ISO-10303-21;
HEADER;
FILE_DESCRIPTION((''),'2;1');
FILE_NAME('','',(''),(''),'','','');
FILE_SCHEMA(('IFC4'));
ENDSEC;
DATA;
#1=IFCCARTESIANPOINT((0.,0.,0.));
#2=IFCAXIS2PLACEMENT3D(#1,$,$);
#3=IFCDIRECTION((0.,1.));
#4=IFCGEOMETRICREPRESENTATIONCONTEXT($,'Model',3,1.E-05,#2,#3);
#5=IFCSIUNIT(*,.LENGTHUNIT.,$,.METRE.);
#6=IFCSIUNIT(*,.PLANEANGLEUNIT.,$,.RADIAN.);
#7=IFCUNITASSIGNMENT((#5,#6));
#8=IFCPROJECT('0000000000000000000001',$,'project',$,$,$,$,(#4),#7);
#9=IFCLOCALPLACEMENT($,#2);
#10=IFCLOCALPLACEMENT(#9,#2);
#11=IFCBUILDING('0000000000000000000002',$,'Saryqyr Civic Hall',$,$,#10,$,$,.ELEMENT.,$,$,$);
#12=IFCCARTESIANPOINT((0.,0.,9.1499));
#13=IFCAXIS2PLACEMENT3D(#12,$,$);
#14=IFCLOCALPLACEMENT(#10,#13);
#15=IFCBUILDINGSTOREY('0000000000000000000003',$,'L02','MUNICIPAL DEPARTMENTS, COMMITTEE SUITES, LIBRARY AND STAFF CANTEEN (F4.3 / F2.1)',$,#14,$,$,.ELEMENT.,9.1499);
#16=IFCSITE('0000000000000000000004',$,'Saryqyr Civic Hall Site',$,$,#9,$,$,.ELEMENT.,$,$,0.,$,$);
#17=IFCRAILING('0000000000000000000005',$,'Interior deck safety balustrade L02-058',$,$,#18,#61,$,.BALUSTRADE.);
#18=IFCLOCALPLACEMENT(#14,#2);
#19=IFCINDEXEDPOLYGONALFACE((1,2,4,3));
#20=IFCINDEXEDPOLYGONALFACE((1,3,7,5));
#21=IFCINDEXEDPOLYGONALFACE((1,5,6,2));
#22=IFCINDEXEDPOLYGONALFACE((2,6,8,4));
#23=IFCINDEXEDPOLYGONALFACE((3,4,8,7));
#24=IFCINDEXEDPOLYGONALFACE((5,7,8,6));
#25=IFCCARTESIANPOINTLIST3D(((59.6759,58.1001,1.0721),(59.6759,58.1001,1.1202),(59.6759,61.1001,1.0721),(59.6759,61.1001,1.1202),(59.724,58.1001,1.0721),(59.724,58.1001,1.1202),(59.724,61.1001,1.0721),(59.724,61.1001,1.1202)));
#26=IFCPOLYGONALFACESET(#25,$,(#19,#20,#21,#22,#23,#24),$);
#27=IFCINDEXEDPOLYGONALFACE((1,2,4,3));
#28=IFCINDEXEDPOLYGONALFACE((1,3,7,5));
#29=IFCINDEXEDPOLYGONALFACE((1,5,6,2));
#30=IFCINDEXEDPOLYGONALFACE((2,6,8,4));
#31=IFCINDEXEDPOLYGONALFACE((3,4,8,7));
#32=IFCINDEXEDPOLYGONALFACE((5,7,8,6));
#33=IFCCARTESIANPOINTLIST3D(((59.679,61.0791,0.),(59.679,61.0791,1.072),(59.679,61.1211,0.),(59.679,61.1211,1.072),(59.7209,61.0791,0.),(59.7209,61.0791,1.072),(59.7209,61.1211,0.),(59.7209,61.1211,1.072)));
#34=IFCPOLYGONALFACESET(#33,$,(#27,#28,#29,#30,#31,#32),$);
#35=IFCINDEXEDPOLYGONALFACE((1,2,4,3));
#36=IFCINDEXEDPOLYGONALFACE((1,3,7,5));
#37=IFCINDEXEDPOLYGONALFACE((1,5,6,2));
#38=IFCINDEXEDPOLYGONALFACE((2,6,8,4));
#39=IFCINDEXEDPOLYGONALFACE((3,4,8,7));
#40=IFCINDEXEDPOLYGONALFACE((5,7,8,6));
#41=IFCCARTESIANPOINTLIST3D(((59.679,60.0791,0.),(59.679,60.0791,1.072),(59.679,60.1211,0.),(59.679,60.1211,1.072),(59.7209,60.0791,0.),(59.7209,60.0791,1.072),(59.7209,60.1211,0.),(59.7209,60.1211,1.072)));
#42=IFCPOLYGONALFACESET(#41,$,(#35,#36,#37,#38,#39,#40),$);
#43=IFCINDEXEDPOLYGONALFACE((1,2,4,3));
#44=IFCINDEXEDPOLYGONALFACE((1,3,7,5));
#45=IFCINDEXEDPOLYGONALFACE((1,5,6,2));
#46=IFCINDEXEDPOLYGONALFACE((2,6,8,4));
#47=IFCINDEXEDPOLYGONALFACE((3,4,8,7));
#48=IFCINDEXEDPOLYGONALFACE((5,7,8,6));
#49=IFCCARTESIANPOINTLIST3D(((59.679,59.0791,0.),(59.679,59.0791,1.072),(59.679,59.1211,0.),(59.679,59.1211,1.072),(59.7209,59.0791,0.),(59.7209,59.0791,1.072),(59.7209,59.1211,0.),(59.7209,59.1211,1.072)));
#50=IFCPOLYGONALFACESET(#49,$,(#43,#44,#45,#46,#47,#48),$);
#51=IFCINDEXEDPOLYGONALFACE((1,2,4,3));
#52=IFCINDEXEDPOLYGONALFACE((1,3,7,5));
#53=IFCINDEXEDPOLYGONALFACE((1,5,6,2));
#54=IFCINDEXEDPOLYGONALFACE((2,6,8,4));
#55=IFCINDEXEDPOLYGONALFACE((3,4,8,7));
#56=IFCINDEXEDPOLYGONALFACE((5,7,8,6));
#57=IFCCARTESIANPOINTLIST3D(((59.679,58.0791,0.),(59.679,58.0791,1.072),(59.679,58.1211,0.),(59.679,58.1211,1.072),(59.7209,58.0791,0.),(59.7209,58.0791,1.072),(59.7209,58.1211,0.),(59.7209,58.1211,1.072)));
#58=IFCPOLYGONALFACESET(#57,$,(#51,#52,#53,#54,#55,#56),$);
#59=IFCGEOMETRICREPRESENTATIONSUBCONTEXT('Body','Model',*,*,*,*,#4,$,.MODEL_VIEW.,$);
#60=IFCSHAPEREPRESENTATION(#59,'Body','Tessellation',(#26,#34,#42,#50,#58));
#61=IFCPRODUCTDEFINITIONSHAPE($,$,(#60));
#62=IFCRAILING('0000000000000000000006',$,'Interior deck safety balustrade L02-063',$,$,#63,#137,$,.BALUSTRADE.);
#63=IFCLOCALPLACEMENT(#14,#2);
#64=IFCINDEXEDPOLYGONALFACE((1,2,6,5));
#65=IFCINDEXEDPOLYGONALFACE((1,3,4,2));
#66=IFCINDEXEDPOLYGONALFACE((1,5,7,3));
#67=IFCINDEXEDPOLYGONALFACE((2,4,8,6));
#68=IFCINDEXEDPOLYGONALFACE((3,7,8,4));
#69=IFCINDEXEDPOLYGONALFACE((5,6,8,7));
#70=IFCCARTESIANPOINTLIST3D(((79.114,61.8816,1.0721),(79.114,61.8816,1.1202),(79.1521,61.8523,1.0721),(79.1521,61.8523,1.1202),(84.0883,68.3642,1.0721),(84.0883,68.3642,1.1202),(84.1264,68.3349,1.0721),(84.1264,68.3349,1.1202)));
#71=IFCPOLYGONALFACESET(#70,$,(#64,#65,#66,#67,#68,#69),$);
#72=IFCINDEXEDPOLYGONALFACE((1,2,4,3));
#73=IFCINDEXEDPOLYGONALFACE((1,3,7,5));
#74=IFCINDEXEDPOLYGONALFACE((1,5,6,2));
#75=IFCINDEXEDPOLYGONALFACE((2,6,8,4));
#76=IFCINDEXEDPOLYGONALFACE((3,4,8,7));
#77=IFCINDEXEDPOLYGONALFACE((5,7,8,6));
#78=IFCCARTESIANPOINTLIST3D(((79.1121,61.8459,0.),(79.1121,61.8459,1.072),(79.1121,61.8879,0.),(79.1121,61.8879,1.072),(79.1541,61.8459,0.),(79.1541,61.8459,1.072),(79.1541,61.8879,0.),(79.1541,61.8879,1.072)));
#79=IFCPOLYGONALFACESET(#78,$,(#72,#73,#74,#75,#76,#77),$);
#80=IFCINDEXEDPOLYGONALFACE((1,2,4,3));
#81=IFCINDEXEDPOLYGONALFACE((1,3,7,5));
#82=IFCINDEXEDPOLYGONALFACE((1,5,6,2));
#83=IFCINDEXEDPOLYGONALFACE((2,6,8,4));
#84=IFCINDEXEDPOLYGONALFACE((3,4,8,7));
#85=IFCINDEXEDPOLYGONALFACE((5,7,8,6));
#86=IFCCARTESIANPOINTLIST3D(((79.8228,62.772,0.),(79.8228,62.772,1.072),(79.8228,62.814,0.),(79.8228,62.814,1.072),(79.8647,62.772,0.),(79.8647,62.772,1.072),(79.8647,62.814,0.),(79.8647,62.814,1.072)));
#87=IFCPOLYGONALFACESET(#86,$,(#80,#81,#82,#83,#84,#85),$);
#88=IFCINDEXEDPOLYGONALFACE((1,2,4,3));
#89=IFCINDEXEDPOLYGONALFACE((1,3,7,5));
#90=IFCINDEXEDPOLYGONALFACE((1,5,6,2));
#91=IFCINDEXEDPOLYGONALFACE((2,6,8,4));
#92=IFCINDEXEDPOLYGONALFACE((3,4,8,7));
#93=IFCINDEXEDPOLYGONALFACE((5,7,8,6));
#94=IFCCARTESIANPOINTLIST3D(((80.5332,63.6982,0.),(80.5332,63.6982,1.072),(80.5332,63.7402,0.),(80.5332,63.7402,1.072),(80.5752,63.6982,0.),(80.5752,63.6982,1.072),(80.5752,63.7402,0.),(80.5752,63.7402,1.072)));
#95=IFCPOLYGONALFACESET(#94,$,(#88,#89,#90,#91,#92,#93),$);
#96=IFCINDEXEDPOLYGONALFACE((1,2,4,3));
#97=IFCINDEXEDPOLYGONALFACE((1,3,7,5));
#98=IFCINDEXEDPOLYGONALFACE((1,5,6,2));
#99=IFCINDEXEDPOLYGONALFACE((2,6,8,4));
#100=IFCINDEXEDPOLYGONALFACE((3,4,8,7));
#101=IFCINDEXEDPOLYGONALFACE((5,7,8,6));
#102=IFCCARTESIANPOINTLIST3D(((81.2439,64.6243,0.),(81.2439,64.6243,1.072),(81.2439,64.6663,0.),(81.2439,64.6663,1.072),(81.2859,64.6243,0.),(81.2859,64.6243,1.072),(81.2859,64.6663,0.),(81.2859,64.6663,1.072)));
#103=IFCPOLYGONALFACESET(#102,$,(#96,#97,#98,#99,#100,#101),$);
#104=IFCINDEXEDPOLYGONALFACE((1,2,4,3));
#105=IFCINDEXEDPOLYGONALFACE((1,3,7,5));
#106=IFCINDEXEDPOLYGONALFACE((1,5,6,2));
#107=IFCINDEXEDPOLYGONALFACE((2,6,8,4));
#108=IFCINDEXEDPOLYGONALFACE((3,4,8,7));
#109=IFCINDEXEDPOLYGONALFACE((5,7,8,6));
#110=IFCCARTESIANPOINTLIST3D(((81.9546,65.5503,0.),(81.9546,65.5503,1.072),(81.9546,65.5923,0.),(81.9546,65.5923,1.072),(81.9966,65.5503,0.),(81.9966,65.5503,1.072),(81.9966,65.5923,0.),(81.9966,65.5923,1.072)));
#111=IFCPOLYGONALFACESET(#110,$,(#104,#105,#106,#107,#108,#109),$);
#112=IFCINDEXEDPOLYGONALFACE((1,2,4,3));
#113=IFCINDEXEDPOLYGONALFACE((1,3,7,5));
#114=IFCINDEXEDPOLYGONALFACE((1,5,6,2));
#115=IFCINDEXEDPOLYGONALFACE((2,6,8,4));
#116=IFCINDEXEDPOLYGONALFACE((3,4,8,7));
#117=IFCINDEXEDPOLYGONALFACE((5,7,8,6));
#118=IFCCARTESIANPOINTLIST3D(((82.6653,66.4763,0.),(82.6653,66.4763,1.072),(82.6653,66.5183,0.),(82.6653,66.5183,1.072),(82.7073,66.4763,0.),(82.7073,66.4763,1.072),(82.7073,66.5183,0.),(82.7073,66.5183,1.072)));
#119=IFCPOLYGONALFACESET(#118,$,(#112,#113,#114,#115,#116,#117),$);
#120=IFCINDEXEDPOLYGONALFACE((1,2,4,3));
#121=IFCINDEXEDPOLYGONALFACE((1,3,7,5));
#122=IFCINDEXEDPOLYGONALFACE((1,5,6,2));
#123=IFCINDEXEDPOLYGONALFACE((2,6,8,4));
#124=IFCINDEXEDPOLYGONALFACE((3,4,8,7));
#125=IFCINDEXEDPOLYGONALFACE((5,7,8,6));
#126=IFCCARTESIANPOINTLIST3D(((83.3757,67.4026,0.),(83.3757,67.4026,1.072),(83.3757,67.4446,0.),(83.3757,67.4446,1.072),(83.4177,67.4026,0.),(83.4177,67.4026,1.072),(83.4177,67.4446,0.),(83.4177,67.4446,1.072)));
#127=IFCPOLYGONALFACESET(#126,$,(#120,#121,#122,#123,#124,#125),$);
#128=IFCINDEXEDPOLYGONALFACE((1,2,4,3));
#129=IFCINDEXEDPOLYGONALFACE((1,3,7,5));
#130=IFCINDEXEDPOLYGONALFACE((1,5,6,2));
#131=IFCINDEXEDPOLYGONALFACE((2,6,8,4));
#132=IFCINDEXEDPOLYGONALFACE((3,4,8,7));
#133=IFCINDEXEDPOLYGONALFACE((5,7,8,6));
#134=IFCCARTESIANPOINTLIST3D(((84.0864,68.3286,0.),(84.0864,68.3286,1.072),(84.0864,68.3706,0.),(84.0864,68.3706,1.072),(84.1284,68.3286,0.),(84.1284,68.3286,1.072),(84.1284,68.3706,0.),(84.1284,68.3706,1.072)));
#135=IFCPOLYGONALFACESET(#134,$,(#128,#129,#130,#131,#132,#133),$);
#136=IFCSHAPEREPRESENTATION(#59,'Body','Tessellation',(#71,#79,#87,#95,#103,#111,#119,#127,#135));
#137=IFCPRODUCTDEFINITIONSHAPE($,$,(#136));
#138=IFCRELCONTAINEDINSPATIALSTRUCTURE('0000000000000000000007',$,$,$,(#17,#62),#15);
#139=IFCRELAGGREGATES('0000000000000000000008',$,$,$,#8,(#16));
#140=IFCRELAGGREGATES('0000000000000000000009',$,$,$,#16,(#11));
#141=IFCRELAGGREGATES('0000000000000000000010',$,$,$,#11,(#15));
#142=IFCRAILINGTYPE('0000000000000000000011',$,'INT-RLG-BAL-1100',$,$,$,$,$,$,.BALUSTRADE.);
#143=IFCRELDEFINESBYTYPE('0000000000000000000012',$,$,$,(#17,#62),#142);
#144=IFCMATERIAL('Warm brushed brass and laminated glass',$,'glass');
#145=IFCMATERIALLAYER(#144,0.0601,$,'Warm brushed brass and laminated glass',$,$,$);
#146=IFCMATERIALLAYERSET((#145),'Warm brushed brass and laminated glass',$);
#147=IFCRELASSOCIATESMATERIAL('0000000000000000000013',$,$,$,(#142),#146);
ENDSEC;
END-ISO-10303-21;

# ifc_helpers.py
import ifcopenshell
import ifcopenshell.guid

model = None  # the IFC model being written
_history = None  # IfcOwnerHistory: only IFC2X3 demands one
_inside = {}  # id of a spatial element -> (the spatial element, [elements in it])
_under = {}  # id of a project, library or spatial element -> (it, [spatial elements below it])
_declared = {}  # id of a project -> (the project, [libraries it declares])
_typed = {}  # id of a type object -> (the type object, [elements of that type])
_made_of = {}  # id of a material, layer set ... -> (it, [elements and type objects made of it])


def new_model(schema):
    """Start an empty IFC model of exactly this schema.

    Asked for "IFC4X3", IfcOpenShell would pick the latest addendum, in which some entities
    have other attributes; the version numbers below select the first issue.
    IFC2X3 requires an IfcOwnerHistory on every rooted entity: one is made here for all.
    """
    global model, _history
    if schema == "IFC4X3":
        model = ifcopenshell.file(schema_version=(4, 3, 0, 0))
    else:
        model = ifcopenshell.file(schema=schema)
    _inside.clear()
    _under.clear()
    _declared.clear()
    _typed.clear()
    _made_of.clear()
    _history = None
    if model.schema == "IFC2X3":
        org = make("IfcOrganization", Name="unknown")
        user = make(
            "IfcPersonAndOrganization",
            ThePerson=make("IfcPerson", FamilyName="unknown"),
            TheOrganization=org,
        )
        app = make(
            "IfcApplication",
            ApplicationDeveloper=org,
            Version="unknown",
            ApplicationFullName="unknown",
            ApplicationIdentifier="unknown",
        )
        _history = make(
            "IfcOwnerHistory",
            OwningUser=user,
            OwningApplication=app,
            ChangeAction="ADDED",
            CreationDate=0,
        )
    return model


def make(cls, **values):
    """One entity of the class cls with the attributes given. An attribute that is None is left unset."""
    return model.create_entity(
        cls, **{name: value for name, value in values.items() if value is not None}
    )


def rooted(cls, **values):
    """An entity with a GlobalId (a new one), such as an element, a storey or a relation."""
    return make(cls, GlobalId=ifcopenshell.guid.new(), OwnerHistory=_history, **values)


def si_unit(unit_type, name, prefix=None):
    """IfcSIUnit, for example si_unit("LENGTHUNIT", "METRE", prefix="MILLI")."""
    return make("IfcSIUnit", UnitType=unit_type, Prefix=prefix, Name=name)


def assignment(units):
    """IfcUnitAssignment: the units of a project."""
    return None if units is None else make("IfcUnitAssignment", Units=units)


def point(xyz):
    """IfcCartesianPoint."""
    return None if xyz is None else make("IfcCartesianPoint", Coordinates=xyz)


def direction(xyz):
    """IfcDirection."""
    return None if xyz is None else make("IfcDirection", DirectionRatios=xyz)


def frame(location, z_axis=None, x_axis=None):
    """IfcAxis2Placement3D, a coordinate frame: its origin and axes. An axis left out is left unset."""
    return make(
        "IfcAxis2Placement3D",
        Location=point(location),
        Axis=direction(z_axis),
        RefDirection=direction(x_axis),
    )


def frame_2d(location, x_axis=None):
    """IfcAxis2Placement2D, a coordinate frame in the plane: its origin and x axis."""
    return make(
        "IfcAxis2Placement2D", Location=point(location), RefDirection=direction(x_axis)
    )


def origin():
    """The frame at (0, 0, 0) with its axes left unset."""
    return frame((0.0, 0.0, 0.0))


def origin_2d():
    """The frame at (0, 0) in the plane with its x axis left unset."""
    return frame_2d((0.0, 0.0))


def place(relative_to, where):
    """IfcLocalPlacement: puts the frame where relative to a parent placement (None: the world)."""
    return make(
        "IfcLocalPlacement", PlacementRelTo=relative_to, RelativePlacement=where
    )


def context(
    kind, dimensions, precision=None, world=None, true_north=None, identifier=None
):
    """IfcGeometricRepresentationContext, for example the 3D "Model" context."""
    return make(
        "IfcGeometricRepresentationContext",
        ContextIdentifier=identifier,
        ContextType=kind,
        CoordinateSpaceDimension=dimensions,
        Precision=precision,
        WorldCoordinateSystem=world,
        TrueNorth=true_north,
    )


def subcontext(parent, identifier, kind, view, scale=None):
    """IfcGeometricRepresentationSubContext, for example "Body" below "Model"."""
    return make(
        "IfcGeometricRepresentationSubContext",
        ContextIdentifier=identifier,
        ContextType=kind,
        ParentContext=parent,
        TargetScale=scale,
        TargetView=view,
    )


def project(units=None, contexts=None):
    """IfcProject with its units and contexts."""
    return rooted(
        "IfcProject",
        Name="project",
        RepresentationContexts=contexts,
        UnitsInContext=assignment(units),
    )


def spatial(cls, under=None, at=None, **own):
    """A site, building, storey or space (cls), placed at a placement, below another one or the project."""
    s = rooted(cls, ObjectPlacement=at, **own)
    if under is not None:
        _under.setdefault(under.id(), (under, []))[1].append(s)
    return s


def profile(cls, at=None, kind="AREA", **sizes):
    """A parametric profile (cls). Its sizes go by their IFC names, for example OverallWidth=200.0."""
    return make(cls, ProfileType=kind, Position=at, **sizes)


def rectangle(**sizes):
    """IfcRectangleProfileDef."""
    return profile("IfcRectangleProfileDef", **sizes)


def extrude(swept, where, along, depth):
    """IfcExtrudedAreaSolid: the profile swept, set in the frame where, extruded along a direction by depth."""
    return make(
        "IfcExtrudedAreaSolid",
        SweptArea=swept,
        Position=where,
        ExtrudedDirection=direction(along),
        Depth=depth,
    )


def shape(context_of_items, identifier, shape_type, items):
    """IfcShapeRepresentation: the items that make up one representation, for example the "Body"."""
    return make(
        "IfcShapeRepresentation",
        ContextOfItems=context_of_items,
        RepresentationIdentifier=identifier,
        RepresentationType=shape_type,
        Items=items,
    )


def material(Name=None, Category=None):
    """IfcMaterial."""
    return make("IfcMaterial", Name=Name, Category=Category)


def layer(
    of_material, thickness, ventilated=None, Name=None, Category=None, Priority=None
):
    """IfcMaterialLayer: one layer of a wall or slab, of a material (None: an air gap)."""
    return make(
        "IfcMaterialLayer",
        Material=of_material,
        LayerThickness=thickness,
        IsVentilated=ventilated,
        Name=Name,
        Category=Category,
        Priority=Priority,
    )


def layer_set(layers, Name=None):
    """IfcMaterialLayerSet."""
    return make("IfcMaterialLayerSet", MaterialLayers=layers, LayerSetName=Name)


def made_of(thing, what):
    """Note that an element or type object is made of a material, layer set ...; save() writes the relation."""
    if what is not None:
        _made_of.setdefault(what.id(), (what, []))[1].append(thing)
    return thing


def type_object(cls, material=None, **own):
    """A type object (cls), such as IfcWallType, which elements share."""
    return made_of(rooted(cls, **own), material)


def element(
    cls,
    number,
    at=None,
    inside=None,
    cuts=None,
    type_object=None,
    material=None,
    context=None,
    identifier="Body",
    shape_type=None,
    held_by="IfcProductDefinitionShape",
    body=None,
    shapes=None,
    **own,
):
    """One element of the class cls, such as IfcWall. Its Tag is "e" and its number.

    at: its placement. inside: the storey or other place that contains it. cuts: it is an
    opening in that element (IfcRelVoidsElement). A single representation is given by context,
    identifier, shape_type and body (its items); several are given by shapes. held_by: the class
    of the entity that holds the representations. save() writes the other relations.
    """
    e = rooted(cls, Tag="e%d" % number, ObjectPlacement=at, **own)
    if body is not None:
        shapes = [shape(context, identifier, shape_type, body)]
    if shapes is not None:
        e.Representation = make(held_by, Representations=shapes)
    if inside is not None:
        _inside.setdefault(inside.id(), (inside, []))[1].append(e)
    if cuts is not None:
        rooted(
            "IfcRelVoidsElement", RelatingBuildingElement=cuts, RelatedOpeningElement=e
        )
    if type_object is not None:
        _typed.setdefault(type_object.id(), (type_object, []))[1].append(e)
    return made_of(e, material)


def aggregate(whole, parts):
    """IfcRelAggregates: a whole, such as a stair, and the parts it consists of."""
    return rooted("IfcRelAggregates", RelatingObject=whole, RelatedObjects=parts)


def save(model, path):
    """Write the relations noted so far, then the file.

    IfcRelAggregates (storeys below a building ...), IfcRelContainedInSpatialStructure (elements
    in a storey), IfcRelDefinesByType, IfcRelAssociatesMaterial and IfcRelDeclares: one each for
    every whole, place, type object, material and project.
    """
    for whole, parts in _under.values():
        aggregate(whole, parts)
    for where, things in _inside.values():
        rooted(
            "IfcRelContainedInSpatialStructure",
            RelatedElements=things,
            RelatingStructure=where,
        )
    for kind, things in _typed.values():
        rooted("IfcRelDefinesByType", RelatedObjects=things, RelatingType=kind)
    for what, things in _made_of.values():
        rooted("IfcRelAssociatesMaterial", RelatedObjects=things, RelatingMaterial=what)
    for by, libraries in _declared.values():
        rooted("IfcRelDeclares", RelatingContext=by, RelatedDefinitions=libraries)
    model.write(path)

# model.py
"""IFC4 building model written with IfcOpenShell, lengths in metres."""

from ifc_helpers import new_model, si_unit, direction, frame, origin, origin_2d, place, context, subcontext, project, spatial, rectangle, extrude, material, layer, layer_set, type_object, element, save


model = new_model("IFC4")

# Units and contexts
model_context = context("Model", 3, precision=1e-05, world=origin(), true_north=direction((0.0, 1.0)))
body_context = subcontext(model_context, "Body", "Model", "MODEL_VIEW")
ifc_project = project(units=[si_unit("LENGTHUNIT", "METRE"), si_unit("PLANEANGLEUNIT", "RADIAN")], contexts=[model_context])

# Site, building, storey
site_placement = place(None, origin())
site = spatial("IfcSite", under=ifc_project, at=site_placement, Name="Saryqyr Civic Hall Site", CompositionType="ELEMENT", RefElevation=0.0)
building_placement = place(site_placement, origin())
building = spatial("IfcBuilding", under=site, at=building_placement, Name="Saryqyr Civic Hall", CompositionType="ELEMENT")
storey_placement = place(building_placement, frame((0.0, 0.0, 9.1499)))
storey = spatial("IfcBuildingStorey", under=building, at=storey_placement, Name="L02", Description="MUNICIPAL DEPARTMENTS, COMMITTEE SUITES, LIBRARY AND STAFF CANTEEN (F4.3 / F2.1)", CompositionType="ELEMENT", Elevation=9.1499)

# Railings
ifc_material_1 = material(Name="Warm brushed brass and laminated glass", Category="glass")
ifc_layer_1 = layer(ifc_material_1, 0.0601, Name="Warm brushed brass and laminated glass")
ifc_layer_set_1 = layer_set([ifc_layer_1], Name="Warm brushed brass and laminated glass")
railing_type_1 = type_object("IfcRailingType", Name="INT-RLG-BAL-1100", PredefinedType="BALUSTRADE", material=ifc_layer_set_1)
railing_1_placement = place(storey_placement, frame((59.7, 61.1001, 0.0)))
element("IfcRailing", 1, at=railing_1_placement, inside=storey, type_object=railing_type_1, Name="Interior deck safety balustrade L02-058", PredefinedType="BALUSTRADE", context=body_context, shape_type="SweptSolid", body=[
    extrude(rectangle(XDim=0.0481, YDim=0.0481, at=origin_2d()), frame((0.0, 0.0, 1.0962), z_axis=(0.0, -1.0, 0.0), x_axis=(1.0, 0.0, 0.0)), (0.0, 0.0, 1.0), 3.0),
    extrude(rectangle(XDim=0.042, YDim=0.042, at=origin_2d()), origin(), (0.0, 0.0, 1.0), 1.072),
    extrude(rectangle(XDim=0.042, YDim=0.042, at=origin_2d()), frame((0.0, -1.0, 0.0)), (0.0, 0.0, 1.0), 1.072),
    extrude(rectangle(XDim=0.042, YDim=0.042, at=origin_2d()), frame((0.0, -2.0, 0.0)), (0.0, 0.0, 1.0), 1.072),
    extrude(rectangle(XDim=0.042, YDim=0.042, at=origin_2d()), frame((0.0, -3.0, 0.0)), (0.0, 0.0, 1.0), 1.072),
])
railing_2_placement = place(storey_placement, frame((79.1331, 61.8669, 0.0)))
element("IfcRailing", 2, at=railing_2_placement, inside=storey, type_object=railing_type_1, Name="Interior deck safety balustrade L02-063", PredefinedType="BALUSTRADE", context=body_context, shape_type="SweptSolid", body=[
    extrude(rectangle(XDim=0.0481, YDim=0.0481, at=origin_2d()), frame((0.0, 0.0, 1.0962), z_axis=(0.608765, 0.793351, 0.0), x_axis=(-0.793351, 0.608765, 0.0)), (0.0, 0.0, 1.0), 8.1711),
    extrude(rectangle(XDim=0.042, YDim=0.042, at=origin_2d()), origin(), (0.0, 0.0, 1.0), 1.072),
    extrude(rectangle(XDim=0.042, YDim=0.042, at=origin_2d()), frame((0.7107, 0.926, 0.0)), (0.0, 0.0, 1.0), 1.072),
    extrude(rectangle(XDim=0.042, YDim=0.042, at=origin_2d()), frame((1.4211, 1.8523, 0.0)), (0.0, 0.0, 1.0), 1.072),
    extrude(rectangle(XDim=0.042, YDim=0.042, at=origin_2d()), frame((2.1318, 2.7783, 0.0)), (0.0, 0.0, 1.0), 1.072),
    extrude(rectangle(XDim=0.042, YDim=0.042, at=origin_2d()), frame((2.8425, 3.7043, 0.0)), (0.0, 0.0, 1.0), 1.072),
    extrude(rectangle(XDim=0.042, YDim=0.042, at=origin_2d()), frame((3.5532, 4.6304, 0.0)), (0.0, 0.0, 1.0), 1.072),
    extrude(rectangle(XDim=0.042, YDim=0.042, at=origin_2d()), frame((4.2637, 5.5566, 0.0)), (0.0, 0.0, 1.0), 1.072),
    extrude(rectangle(XDim=0.042, YDim=0.042, at=origin_2d()), frame((4.9744, 6.4827, 0.0)), (0.0, 0.0, 1.0), 1.072),
])

save(model, "model.ifc")
